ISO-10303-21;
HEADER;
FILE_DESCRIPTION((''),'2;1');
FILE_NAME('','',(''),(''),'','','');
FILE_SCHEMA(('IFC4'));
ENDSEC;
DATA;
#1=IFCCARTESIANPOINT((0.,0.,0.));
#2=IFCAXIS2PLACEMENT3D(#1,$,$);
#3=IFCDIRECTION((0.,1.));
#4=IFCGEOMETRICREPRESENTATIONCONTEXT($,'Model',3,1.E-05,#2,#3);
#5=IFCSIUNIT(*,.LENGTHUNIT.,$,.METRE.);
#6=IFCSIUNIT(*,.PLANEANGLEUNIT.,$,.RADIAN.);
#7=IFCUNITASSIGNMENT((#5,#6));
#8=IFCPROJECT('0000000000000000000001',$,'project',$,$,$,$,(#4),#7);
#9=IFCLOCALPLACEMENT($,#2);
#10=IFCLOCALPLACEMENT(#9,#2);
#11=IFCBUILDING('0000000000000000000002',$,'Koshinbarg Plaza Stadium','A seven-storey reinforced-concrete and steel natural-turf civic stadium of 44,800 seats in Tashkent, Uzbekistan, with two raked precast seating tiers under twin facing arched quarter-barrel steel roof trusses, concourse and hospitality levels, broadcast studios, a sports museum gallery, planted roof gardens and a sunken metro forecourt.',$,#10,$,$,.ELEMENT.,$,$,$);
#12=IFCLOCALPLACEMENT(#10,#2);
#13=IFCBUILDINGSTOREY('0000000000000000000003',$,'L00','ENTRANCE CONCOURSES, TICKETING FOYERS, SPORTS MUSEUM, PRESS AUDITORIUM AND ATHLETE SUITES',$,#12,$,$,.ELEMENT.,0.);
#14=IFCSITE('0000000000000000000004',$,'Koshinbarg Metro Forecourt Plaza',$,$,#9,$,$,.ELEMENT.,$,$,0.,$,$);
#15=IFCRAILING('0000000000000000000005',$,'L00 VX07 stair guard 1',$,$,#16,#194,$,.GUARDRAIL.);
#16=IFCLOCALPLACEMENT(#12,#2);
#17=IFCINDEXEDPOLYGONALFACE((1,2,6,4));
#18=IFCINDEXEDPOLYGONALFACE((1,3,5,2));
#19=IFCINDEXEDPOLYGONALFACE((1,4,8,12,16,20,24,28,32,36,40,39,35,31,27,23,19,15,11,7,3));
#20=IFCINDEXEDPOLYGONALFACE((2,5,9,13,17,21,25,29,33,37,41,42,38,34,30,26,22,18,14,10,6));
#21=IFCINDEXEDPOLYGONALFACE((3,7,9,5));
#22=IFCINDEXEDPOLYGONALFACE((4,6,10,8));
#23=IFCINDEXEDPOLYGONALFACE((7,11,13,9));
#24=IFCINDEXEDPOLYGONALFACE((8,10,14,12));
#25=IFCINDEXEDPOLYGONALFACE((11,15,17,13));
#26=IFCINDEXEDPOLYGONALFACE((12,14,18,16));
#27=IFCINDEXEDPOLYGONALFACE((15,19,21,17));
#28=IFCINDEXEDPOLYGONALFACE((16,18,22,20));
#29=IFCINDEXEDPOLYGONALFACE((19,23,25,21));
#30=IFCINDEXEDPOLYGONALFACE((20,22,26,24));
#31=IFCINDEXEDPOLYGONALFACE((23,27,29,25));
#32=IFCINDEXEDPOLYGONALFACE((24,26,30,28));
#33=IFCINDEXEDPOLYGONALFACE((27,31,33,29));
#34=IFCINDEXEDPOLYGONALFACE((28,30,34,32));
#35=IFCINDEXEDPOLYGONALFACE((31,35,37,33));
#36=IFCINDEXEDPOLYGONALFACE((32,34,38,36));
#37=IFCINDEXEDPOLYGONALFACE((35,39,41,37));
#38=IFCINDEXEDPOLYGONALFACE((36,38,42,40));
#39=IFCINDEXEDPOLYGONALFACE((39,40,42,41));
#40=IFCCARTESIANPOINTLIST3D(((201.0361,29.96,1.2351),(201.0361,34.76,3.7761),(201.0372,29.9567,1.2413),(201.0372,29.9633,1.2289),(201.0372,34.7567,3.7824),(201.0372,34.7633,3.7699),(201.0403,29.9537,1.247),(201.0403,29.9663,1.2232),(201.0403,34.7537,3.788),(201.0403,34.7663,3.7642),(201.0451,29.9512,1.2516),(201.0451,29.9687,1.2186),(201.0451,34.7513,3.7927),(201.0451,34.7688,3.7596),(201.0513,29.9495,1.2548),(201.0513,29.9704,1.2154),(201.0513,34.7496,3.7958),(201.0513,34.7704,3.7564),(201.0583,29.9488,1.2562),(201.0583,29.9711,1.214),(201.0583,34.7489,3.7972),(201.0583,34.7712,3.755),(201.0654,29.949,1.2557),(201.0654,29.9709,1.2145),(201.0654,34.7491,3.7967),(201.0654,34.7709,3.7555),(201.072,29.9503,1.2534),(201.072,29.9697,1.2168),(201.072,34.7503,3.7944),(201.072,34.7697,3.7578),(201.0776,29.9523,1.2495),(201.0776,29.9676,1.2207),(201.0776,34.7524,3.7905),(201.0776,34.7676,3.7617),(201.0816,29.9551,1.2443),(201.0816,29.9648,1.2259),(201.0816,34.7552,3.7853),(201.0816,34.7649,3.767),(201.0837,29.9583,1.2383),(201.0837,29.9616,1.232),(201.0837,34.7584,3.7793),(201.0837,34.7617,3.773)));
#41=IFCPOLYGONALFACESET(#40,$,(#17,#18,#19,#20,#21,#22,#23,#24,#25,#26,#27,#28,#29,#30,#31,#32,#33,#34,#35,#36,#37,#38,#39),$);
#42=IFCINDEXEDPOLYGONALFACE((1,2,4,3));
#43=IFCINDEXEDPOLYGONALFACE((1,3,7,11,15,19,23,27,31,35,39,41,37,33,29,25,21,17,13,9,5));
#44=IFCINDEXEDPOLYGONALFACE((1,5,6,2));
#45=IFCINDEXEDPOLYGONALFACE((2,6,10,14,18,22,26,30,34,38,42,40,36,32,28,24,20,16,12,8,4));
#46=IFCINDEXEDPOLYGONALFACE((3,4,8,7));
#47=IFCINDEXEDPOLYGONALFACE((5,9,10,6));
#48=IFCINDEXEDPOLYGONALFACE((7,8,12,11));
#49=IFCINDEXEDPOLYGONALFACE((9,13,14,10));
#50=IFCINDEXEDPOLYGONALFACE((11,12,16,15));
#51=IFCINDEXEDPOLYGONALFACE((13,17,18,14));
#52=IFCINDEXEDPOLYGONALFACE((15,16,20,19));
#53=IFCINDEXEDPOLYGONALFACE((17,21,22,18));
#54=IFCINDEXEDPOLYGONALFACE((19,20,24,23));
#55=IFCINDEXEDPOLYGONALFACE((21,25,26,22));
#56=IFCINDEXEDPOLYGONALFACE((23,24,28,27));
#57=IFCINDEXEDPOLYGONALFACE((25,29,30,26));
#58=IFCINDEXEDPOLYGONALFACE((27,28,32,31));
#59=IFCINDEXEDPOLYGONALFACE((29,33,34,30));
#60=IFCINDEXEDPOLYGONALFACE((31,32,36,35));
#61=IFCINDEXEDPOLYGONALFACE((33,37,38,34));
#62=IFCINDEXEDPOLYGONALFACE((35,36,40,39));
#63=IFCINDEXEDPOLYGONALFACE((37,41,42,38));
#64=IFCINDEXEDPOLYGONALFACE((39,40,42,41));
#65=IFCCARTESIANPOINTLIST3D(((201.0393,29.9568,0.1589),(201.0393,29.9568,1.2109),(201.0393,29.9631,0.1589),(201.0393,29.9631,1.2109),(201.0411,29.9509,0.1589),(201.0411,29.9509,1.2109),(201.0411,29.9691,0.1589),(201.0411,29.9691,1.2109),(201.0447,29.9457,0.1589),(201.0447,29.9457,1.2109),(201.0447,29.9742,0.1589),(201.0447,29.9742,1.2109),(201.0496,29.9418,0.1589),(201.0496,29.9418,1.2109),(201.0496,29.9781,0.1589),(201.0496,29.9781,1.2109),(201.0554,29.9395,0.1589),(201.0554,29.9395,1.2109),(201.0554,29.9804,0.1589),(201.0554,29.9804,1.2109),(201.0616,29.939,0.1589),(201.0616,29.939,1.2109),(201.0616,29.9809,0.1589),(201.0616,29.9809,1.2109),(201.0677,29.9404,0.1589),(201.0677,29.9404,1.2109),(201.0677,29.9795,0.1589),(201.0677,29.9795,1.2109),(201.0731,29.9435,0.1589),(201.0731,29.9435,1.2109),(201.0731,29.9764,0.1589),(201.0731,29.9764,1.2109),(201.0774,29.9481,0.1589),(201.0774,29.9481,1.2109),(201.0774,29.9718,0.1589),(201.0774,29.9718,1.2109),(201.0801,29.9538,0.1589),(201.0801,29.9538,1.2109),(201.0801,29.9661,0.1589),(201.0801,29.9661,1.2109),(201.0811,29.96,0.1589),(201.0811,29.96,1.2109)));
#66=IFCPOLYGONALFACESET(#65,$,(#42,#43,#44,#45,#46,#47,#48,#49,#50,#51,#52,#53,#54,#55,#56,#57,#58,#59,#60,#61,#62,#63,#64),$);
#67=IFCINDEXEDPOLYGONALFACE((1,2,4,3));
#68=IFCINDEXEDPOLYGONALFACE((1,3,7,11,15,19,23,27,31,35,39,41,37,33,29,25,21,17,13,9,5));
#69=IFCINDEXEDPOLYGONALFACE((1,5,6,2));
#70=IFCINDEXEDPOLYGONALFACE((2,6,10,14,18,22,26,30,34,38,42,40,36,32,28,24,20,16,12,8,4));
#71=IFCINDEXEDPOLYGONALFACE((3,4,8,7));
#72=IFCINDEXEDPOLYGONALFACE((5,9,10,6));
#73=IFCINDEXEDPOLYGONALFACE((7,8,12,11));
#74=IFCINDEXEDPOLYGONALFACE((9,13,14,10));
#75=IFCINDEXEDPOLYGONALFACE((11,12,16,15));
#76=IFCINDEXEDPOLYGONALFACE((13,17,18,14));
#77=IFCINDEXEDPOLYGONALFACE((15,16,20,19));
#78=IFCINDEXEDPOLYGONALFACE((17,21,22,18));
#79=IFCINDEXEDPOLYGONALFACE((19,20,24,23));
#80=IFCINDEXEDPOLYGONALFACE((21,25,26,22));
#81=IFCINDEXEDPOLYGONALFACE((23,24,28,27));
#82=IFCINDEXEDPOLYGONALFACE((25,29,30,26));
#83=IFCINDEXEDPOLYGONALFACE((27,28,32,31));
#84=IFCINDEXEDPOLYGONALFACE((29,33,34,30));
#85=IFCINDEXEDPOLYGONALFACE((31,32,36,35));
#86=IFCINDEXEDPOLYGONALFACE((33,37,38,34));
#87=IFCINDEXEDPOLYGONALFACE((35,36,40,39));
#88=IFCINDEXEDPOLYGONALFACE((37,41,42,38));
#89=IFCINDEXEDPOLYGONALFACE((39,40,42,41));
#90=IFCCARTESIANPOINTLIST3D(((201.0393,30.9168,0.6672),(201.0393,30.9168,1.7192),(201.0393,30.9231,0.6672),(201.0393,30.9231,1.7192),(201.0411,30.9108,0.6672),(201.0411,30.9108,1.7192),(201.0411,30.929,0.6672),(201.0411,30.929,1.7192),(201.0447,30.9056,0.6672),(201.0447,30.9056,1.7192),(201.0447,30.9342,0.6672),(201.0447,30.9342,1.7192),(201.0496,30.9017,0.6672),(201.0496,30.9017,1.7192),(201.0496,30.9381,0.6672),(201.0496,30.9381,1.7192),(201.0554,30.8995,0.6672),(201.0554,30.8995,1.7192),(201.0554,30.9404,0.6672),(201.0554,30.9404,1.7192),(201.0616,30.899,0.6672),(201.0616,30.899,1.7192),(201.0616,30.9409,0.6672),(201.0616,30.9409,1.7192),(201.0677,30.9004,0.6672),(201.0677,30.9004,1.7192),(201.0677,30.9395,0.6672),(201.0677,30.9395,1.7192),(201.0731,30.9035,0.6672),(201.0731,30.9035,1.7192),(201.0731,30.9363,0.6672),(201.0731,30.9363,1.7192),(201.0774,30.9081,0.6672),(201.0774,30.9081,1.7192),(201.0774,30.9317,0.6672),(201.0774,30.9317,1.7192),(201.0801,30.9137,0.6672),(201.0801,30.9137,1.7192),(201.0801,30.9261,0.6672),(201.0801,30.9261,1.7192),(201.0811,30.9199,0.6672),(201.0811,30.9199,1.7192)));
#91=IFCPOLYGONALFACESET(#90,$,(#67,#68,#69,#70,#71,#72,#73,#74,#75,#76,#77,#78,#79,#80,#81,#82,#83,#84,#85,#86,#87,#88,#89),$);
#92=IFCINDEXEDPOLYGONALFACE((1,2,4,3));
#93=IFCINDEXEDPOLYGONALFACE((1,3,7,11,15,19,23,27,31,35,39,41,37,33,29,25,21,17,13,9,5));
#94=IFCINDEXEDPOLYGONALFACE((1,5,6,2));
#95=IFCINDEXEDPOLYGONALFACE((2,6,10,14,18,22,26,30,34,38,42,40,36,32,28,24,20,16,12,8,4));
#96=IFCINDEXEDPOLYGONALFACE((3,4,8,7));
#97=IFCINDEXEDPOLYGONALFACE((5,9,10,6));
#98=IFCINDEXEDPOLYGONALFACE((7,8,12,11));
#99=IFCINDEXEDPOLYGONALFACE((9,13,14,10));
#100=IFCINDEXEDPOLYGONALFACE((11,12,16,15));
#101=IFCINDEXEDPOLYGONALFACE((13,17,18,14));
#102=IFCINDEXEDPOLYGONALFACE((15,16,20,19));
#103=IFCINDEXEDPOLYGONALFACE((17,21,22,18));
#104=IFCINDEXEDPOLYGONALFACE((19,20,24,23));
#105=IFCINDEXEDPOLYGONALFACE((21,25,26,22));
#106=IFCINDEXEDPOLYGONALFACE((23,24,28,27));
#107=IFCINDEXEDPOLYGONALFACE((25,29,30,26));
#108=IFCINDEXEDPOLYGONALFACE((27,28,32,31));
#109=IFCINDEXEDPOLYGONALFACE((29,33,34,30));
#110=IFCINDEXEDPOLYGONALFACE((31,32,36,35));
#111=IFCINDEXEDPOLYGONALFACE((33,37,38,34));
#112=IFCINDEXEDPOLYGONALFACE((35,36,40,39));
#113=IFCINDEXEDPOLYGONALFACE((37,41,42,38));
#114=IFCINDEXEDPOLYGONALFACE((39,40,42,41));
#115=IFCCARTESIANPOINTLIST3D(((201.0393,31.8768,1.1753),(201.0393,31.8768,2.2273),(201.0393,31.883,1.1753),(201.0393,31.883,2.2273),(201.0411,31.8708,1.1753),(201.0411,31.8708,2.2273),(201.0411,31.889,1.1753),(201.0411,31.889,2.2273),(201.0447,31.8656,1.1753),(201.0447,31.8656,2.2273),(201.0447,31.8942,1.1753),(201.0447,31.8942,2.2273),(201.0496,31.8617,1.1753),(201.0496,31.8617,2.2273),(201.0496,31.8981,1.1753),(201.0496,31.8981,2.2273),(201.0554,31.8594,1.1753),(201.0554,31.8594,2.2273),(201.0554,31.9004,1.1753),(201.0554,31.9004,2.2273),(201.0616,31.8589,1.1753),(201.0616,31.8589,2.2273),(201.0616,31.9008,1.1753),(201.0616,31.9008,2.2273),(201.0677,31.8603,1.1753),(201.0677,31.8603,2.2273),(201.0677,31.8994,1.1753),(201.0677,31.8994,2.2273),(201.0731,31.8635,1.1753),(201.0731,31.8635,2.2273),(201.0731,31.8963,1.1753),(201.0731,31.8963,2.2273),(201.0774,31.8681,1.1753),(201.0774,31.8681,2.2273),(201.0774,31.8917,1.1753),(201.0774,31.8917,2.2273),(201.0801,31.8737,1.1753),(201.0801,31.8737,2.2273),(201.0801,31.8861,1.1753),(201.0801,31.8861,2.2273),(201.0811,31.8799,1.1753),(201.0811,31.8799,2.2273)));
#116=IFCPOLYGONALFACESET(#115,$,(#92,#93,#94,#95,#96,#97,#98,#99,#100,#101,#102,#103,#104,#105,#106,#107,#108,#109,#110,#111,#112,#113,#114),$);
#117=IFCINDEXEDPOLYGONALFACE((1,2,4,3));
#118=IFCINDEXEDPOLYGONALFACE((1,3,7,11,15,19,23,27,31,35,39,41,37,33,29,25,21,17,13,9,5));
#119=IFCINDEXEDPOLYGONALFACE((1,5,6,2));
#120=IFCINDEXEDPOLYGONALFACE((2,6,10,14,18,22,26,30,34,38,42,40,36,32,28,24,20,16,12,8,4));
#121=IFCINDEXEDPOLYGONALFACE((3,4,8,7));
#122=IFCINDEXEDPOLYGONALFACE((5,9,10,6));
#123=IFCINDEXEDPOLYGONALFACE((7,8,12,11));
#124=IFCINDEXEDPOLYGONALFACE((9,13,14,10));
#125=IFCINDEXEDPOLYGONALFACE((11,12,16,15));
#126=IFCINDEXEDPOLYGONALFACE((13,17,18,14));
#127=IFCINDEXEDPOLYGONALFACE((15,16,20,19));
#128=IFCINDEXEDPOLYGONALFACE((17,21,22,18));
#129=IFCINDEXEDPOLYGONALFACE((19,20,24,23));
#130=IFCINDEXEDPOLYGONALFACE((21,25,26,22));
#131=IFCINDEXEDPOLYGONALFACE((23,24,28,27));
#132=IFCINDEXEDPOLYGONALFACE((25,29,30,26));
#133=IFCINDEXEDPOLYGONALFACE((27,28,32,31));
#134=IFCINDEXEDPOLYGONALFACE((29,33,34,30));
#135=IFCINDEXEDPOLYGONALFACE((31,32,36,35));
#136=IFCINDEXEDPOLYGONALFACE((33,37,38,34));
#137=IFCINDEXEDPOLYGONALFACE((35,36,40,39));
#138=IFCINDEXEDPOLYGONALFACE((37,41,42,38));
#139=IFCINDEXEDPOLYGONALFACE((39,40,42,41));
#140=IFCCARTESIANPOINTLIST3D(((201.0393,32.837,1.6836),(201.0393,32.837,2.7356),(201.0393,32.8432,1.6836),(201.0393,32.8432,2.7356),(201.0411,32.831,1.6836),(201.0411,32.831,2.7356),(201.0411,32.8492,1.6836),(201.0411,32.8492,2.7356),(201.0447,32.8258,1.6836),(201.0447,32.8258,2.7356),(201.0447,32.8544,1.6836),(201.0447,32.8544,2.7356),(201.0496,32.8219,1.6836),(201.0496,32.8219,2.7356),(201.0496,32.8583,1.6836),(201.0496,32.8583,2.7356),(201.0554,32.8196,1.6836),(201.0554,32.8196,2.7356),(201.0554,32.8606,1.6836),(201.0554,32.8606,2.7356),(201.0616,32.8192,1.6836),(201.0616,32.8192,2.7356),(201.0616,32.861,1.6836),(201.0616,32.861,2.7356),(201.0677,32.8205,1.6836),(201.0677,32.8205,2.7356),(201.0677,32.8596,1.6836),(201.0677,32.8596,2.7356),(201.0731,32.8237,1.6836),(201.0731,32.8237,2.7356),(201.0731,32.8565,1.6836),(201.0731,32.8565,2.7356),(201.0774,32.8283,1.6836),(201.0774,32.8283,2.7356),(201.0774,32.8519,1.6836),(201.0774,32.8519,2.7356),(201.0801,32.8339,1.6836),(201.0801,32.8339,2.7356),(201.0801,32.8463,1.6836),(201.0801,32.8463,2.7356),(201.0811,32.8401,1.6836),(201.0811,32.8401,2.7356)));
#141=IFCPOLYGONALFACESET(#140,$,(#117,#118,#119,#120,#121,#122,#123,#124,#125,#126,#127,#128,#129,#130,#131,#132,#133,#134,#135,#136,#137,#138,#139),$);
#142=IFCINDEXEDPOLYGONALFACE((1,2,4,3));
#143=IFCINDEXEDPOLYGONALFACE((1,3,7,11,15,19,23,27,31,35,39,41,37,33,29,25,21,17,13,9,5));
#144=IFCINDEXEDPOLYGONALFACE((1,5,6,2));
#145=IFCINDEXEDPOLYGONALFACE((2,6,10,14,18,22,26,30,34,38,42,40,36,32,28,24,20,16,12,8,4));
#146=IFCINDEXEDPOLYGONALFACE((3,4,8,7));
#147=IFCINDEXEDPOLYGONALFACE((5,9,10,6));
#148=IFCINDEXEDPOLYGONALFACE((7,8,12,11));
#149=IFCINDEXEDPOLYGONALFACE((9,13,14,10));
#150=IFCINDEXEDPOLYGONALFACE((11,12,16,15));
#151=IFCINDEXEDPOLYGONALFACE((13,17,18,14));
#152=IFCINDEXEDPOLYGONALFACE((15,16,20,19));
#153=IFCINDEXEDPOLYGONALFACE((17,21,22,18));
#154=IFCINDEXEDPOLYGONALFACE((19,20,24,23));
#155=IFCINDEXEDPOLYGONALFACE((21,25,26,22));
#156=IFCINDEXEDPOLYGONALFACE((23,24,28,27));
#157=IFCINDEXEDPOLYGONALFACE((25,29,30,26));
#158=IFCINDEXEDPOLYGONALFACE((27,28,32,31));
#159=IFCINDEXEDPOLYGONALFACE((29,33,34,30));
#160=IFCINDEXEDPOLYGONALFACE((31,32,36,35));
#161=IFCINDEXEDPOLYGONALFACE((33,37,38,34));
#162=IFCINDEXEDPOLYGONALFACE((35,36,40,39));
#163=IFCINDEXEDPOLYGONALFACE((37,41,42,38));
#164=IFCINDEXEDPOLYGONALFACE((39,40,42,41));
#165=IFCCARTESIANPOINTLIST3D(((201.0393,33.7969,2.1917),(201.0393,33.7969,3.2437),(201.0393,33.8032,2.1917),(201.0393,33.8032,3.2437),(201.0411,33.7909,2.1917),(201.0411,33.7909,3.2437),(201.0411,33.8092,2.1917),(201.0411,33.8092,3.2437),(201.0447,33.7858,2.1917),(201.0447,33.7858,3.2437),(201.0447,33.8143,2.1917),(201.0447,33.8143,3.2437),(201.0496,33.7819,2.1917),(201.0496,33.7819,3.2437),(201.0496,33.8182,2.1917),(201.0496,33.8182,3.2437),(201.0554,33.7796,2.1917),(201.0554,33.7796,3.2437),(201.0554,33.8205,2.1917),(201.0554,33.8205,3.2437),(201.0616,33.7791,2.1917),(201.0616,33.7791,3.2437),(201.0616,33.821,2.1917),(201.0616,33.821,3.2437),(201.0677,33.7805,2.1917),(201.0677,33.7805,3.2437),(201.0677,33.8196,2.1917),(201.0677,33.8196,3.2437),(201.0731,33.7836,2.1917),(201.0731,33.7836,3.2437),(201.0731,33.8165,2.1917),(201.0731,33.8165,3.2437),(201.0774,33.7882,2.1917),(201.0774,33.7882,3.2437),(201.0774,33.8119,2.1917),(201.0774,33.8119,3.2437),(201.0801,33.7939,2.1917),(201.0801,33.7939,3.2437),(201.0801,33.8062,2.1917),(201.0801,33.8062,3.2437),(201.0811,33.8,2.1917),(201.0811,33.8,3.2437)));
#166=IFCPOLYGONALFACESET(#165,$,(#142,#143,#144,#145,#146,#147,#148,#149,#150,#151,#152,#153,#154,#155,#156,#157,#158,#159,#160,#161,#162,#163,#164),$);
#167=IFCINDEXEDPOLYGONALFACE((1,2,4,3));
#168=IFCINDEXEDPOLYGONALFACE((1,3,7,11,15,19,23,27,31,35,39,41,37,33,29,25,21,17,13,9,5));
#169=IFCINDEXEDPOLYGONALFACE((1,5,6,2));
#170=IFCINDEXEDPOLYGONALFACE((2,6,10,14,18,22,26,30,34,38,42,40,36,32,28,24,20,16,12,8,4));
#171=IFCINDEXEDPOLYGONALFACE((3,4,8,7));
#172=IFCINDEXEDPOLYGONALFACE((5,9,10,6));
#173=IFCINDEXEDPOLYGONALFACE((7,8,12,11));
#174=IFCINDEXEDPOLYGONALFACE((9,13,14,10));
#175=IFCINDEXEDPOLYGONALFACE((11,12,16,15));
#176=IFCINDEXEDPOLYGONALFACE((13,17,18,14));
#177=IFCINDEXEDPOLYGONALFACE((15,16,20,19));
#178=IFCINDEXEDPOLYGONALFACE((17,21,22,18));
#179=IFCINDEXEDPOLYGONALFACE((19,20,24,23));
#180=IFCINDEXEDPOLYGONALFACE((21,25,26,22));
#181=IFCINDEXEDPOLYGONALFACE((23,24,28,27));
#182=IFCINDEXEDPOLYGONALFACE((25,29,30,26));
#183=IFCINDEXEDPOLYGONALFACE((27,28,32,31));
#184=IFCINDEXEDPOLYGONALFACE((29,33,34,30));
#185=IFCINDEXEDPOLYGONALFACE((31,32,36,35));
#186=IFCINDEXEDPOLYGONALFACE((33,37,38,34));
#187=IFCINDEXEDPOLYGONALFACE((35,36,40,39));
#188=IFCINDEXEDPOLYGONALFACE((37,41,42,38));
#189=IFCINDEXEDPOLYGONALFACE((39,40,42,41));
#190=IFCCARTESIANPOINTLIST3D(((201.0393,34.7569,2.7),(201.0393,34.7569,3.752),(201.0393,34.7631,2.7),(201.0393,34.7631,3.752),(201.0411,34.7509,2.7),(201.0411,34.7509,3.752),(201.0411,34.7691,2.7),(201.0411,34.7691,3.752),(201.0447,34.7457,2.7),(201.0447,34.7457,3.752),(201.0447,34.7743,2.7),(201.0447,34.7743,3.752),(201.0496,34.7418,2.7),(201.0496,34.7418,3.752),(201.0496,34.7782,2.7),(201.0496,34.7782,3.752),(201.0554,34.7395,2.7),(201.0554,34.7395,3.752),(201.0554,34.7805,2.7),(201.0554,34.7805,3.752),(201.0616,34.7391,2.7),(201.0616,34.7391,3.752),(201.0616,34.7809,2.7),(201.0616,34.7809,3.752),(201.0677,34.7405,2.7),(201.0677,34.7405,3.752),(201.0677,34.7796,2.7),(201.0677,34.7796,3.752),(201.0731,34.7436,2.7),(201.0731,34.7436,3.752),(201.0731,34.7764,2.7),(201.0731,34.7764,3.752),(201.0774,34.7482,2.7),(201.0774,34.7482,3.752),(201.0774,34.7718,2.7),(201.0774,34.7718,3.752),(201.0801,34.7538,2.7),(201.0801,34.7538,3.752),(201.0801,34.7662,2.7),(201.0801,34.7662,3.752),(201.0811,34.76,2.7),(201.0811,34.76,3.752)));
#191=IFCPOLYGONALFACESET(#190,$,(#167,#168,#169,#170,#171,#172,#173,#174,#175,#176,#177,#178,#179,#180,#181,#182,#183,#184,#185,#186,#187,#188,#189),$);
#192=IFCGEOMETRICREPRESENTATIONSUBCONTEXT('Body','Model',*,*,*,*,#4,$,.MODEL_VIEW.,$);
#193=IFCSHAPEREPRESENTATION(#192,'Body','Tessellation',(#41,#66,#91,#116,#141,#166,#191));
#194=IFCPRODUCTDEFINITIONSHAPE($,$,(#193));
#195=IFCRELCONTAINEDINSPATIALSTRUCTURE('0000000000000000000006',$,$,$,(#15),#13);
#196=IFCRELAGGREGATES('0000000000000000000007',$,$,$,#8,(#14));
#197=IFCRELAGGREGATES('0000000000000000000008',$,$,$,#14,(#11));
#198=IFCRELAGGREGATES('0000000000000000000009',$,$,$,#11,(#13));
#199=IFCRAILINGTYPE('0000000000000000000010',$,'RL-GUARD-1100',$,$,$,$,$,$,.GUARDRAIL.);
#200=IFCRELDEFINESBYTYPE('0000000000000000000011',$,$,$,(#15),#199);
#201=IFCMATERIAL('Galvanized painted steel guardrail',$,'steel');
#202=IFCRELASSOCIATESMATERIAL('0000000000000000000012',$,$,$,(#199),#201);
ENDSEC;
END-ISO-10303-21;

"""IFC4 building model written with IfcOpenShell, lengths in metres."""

from ifc_helpers import new_model, si_unit, direction, frame, origin, origin_2d, place, context, subcontext, project, spatial, circle, extrude, material, type_object, element, save


model = new_model("IFC4")

# Units and contexts
model_context = context("Model", 3, precision=1e-05, world=origin(), true_north=direction((0.0, 1.0)))
body_context = subcontext(model_context, "Body", "Model", "MODEL_VIEW")
ifc_project = project(units=[si_unit("LENGTHUNIT", "METRE"), si_unit("PLANEANGLEUNIT", "RADIAN")], contexts=[model_context])

# Site, building, storey
site_placement = place(None, origin())
site = spatial("IfcSite", under=ifc_project, at=site_placement, Name="Koshinbarg Metro Forecourt Plaza", CompositionType="ELEMENT", RefElevation=0.0)
building_placement = place(site_placement, origin())
building = spatial("IfcBuilding", under=site, at=building_placement, Name="Koshinbarg Plaza Stadium", Description="A seven-storey reinforced-concrete and steel natural-turf civic stadium of 44,800 seats in Tashkent, Uzbekistan, with two raked precast seating tiers under twin facing arched quarter-barrel steel roof trusses, concourse and hospitality levels, broadcast studios, a sports museum gallery, planted roof gardens and a sunken metro forecourt.", CompositionType="ELEMENT")
storey_placement = place(building_placement, origin())
storey = spatial("IfcBuildingStorey", under=building, at=storey_placement, Name="L00", Description="ENTRANCE CONCOURSES, TICKETING FOYERS, SPORTS MUSEUM, PRESS AUDITORIUM AND ATHLETE SUITES", CompositionType="ELEMENT", Elevation=0.0)

# Railing
ifc_material_1 = material(Name="Galvanized painted steel guardrail", Category="steel")
railing_type_1 = type_object("IfcRailingType", Name="RL-GUARD-1100", PredefinedType="GUARDRAIL", material=ifc_material_1)
railing_1_placement = place(storey_placement, frame((201.0601, 29.96, 0.1589)))
element("IfcRailing", 1, at=railing_1_placement, inside=storey, type_object=railing_type_1, Name="L00 VX07 stair guard 1", PredefinedType="GUARDRAIL", context=body_context, shape_type="SweptSolid", body=[
    extrude(circle(Radius=0.0239, at=origin_2d()), frame((0.0, 0.0, 1.0762), z_axis=(0.0, 0.883802, 0.467861), x_axis=(-1.0, 0.0, 0.0)), (0.0, 0.0, 1.0), 5.4312),
    extrude(circle(Radius=0.021, at=origin_2d()), origin(), (0.0, 0.0, 1.0), 1.052),
    extrude(circle(Radius=0.021, at=origin_2d()), frame((0.0, 0.96, 0.5083)), (0.0, 0.0, 1.0), 1.052),
    extrude(circle(Radius=0.021, at=origin_2d()), frame((0.0, 1.9199, 1.0164)), (0.0, 0.0, 1.0), 1.052),
    extrude(circle(Radius=0.021, at=origin_2d()), frame((0.0, 2.8801, 1.5247)), (0.0, 0.0, 1.0), 1.052),
    extrude(circle(Radius=0.021, at=origin_2d()), frame((0.0, 3.8401, 2.0327)), (0.0, 0.0, 1.0), 1.052),
    extrude(circle(Radius=0.021, at=origin_2d()), frame((0.0, 4.8, 2.541)), (0.0, 0.0, 1.0), 1.052),
])

save(model, "model.ifc")
